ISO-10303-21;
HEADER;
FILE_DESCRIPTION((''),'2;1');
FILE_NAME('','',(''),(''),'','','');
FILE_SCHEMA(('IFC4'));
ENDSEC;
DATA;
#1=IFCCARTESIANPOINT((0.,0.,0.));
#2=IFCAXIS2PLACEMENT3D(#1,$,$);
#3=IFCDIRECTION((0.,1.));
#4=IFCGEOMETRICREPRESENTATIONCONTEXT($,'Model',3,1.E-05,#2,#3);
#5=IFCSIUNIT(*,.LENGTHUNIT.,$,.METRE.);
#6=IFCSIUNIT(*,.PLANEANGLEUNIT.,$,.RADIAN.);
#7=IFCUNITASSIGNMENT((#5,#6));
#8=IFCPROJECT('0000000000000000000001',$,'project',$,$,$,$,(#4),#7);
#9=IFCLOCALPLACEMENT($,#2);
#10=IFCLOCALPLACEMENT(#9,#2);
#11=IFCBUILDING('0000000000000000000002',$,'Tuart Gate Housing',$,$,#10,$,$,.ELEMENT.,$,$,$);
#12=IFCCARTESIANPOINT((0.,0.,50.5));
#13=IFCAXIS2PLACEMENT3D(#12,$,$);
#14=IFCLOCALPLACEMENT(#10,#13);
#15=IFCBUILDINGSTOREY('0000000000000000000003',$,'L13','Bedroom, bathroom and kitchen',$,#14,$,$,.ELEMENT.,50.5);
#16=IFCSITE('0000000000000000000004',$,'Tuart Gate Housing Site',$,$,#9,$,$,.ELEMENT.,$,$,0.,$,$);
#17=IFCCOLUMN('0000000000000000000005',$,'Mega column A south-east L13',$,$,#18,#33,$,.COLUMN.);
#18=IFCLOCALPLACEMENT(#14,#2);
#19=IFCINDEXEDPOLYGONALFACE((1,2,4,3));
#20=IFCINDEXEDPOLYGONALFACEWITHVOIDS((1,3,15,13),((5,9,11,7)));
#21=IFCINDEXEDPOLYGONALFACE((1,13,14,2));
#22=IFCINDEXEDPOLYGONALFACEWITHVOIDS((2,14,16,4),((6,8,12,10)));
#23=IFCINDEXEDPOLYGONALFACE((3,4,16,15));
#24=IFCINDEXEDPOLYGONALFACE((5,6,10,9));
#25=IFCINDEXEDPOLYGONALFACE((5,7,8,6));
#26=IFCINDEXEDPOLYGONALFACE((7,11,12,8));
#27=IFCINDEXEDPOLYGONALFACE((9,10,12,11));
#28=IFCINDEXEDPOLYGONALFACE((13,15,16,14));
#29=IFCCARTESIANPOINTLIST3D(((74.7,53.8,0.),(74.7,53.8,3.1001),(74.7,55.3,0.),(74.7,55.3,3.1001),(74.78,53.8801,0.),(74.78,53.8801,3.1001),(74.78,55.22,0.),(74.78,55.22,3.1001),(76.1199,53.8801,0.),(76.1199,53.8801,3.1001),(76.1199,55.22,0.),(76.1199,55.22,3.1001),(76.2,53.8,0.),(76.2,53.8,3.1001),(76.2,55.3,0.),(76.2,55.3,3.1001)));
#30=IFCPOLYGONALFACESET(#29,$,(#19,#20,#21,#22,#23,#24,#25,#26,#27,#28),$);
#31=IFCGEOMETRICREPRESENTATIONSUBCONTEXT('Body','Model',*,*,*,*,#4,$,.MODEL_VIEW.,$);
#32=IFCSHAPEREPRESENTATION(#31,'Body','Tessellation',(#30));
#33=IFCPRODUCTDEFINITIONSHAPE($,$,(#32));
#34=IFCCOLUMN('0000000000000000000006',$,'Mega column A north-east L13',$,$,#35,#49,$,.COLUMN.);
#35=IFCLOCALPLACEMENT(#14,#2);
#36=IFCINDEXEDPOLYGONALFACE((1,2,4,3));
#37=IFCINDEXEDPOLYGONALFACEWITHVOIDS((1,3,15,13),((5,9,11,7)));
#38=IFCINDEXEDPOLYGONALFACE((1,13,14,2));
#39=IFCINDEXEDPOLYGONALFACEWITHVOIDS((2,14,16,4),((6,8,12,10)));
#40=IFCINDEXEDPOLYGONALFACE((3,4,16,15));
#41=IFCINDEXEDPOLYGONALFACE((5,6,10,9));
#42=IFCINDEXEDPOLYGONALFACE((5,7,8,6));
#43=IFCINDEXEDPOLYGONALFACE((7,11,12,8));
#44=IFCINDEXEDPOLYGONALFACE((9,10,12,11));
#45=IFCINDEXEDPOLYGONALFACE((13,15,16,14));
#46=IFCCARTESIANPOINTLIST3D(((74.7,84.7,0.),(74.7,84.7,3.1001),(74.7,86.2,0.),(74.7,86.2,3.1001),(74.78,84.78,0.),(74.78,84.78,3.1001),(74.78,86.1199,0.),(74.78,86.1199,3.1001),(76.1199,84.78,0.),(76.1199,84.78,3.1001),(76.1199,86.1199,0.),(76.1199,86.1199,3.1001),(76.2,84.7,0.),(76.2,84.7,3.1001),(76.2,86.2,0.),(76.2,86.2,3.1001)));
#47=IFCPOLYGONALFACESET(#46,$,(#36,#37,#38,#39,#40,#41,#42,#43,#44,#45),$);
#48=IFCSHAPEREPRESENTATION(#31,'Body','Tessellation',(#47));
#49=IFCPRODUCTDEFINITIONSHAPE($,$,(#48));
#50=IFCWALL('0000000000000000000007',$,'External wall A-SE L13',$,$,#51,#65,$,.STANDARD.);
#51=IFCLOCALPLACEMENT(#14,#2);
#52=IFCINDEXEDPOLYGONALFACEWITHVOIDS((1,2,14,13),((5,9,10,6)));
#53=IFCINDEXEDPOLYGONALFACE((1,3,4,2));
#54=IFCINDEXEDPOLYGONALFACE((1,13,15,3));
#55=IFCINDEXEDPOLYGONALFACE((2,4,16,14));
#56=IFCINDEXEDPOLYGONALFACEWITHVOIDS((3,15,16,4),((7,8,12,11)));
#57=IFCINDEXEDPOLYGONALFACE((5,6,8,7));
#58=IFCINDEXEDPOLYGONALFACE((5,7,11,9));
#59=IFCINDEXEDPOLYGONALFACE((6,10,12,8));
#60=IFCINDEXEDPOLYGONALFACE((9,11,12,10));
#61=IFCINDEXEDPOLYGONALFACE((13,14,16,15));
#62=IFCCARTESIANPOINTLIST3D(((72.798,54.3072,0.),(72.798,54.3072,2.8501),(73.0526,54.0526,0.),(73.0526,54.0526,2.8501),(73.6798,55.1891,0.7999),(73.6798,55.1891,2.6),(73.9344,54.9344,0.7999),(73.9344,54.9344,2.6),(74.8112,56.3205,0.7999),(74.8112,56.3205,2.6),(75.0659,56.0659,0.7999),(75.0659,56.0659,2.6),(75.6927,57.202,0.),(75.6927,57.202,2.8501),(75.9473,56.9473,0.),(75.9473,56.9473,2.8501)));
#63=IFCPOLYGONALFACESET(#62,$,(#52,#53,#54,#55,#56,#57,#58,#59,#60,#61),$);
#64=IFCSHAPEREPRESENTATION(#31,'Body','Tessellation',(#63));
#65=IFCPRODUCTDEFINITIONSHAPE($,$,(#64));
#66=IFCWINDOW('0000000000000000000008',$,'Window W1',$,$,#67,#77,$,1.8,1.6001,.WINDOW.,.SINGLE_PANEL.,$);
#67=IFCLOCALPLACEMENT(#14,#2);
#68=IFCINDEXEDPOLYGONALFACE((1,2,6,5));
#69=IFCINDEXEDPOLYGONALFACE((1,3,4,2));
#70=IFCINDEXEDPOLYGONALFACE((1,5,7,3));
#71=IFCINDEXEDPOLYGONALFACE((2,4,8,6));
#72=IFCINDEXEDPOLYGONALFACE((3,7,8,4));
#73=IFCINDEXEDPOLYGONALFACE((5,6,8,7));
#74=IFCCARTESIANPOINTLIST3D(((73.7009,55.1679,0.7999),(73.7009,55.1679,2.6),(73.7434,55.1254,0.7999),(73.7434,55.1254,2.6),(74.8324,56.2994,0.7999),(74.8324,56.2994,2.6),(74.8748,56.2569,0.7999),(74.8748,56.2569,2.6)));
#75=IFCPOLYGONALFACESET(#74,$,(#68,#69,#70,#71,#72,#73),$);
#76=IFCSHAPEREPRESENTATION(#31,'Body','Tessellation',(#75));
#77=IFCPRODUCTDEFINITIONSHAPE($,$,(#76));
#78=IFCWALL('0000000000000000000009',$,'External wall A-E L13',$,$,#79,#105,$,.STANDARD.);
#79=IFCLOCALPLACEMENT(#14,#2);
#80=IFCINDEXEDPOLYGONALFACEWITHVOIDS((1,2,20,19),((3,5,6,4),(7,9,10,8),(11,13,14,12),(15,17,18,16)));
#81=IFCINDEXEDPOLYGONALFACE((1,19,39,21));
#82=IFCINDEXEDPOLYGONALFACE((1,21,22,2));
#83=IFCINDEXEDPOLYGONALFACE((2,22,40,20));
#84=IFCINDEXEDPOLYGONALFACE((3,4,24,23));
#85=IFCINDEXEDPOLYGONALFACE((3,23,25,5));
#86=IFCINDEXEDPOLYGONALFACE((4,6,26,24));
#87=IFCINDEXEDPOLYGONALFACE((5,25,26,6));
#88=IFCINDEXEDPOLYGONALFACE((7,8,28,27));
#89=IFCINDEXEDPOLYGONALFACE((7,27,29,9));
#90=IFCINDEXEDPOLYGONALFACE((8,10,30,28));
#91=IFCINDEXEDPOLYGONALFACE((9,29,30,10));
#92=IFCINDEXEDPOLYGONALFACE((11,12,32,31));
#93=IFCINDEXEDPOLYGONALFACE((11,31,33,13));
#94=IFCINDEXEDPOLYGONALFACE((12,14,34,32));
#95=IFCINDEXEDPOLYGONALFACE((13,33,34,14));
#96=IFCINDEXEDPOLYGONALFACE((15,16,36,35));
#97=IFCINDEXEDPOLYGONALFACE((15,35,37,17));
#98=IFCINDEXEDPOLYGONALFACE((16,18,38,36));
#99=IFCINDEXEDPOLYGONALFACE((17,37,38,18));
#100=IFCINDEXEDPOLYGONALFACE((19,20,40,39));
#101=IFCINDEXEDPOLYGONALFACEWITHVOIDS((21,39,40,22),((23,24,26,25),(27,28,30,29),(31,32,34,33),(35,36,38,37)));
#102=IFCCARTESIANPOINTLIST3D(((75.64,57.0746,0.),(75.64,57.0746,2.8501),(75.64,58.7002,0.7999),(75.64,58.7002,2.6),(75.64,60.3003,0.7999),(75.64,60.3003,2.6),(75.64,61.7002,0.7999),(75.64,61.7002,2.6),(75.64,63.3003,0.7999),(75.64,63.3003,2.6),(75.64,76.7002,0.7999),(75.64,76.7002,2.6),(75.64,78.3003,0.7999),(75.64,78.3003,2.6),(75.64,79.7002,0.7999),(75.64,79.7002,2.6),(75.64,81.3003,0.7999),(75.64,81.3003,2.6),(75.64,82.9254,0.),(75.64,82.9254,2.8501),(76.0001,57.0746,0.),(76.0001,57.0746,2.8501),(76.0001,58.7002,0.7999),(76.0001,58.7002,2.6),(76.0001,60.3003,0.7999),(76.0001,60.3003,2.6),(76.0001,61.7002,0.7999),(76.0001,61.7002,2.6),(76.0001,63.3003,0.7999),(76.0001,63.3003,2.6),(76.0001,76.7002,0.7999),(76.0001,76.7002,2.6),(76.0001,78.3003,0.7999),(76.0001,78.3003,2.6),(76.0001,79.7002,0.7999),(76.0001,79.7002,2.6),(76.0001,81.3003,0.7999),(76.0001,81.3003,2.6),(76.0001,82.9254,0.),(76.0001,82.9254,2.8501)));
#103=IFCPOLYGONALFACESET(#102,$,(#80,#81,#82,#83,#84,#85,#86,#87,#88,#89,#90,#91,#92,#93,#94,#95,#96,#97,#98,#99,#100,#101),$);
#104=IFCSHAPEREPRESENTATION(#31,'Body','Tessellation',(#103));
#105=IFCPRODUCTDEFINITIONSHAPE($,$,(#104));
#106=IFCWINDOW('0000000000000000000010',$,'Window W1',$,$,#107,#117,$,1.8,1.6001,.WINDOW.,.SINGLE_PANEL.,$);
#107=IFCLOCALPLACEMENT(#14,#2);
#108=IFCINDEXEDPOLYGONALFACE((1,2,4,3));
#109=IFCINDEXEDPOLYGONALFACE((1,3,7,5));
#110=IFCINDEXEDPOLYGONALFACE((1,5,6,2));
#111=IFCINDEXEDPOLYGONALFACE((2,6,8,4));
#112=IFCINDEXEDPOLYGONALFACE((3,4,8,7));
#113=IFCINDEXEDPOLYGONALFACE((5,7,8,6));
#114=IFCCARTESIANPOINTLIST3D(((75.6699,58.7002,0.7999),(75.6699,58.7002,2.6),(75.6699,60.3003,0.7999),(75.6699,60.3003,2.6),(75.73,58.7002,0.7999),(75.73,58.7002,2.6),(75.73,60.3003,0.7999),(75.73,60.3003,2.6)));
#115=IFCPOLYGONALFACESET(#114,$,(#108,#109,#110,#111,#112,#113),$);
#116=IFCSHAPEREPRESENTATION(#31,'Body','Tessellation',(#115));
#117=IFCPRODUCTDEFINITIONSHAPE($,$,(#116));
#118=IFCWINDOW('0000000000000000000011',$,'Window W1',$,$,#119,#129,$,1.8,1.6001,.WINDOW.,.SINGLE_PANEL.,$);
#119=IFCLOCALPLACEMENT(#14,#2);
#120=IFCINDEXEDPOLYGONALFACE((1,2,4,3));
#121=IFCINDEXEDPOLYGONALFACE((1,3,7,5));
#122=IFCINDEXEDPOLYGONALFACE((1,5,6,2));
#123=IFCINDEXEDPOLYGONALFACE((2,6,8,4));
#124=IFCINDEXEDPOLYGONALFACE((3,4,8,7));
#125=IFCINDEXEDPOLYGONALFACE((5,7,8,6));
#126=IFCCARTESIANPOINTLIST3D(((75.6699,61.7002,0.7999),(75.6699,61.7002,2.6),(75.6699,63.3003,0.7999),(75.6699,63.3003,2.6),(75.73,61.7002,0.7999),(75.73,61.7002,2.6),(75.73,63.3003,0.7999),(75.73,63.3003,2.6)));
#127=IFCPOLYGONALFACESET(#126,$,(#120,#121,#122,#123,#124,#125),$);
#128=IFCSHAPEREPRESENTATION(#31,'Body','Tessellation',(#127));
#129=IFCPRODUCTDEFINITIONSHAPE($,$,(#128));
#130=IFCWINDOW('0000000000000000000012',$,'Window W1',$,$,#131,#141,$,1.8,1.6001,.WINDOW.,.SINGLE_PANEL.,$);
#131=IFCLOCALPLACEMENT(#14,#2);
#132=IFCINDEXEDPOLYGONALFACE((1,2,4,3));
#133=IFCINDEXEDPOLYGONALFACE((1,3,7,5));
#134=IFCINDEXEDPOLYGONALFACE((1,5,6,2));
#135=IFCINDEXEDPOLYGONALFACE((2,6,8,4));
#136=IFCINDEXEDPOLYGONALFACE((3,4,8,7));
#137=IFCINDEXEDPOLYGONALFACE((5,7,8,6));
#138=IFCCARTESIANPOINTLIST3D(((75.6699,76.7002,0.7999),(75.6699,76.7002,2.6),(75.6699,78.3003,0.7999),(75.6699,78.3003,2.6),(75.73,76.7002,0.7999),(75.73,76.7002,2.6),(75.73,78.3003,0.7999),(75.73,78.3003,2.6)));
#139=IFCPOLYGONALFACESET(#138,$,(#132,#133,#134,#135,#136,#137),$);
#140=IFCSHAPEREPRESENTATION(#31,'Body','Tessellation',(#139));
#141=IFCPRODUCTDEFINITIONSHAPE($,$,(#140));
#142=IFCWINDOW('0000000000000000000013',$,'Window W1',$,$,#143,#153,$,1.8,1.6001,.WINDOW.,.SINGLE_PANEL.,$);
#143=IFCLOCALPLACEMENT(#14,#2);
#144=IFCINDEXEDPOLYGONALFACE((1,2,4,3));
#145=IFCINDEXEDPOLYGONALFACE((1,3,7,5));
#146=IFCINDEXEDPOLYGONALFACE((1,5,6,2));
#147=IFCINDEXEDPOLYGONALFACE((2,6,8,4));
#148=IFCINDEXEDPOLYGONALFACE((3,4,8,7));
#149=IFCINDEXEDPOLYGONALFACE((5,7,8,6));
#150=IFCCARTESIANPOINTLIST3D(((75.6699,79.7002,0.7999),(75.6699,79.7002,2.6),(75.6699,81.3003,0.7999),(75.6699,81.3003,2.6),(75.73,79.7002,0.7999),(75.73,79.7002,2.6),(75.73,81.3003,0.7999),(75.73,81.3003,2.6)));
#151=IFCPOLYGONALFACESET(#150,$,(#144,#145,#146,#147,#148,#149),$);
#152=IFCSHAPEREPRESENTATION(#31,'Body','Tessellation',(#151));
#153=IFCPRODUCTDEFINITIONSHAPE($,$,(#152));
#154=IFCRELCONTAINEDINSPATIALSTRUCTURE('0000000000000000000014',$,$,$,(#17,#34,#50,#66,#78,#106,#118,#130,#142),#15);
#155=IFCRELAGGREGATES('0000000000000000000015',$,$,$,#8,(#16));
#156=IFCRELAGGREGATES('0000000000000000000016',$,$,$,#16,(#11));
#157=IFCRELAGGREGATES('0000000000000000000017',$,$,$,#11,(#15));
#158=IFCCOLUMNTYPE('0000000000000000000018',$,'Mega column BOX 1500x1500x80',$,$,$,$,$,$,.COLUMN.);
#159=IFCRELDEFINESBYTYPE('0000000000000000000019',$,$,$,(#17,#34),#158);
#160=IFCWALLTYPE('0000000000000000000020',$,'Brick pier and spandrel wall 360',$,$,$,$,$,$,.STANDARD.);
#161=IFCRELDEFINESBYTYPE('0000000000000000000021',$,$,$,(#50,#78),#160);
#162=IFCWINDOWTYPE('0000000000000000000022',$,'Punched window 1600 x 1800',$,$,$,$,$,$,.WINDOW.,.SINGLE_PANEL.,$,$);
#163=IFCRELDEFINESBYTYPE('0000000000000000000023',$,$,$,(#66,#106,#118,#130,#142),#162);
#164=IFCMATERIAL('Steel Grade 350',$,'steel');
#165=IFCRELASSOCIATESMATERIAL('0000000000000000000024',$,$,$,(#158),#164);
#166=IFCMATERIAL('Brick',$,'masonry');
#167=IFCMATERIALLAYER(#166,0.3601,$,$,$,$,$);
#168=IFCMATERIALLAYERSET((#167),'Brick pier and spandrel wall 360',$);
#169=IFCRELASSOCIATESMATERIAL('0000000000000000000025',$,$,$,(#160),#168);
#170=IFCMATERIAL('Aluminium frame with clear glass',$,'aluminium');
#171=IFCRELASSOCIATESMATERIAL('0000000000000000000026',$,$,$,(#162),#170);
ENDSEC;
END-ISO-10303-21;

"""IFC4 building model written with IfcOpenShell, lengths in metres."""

from ifc_helpers import new_model, si_unit, direction, frame, frame_2d, origin, origin_2d, place, context, subcontext, project, spatial, rectangle, hollow_rectangle, extrude, material, layer, layer_set, material_profile, profile_set, type_object, element, fill, save


model = new_model("IFC4")

# Units and contexts
model_context = context("Model", 3, precision=1e-05, world=origin(), true_north=direction((0.0, 1.0)))
body_context = subcontext(model_context, "Body", "Model", "MODEL_VIEW")
ifc_project = project(units=[si_unit("LENGTHUNIT", "METRE"), si_unit("PLANEANGLEUNIT", "RADIAN")], contexts=[model_context])

# Site, building, storey
site_placement = place(None, origin())
site = spatial("IfcSite", under=ifc_project, at=site_placement, Name="Tuart Gate Housing Site", CompositionType="ELEMENT", RefElevation=0.0)
building_placement = place(site_placement, origin())
building = spatial("IfcBuilding", under=site, at=building_placement, Name="Tuart Gate Housing", CompositionType="ELEMENT")
storey_placement = place(building_placement, frame((0.0, 0.0, 50.5)))
storey = spatial("IfcBuildingStorey", under=building, at=storey_placement, Name="L13", Description="Bedroom, bathroom and kitchen", CompositionType="ELEMENT", Elevation=50.5)

# Columns
ifc_material_1 = material(Name="Steel Grade 350", Category="steel")
ifc_material_profile = material_profile(ifc_material_1, hollow_rectangle(XDim=1.5, YDim=1.5, WallThickness=0.0801, at=origin_2d()), Name="BOX 1500x1500x80")
ifc_profile_set = profile_set([ifc_material_profile], Name="Steel Grade 350")
column_type = type_object("IfcColumnType", Name="Mega column BOX 1500x1500x80", PredefinedType="COLUMN", material=ifc_profile_set)
for number, where, z_axis, x_axis, name in (
    (1, (75.45, 54.55, 0.0), (0.0, 0.0, 1.0), (1.0, 0.0, 0.0), "Mega column A south-east L13"),
    (2, (75.45, 85.45, 0.0), (0.0, 0.0, 1.0), (1.0, 0.0, 0.0), "Mega column A north-east L13"),
):
    element("IfcColumn", number, at=place(storey_placement, frame(where, z_axis=z_axis, x_axis=x_axis)), inside=storey, type_object=column_type, Name=name, PredefinedType="COLUMN", context=body_context, shape_type="SweptSolid", body=[
        extrude(hollow_rectangle(XDim=1.5, YDim=1.5, WallThickness=0.0801, at=origin_2d()), origin(), (0.0, 0.0, 1.0), 3.1001),
    ])

# Wall, opening, window
ifc_material_2 = material(Name="Brick", Category="masonry")
ifc_layer_1 = layer(ifc_material_2, 0.3601)
ifc_layer_set_1 = layer_set([ifc_layer_1], Name="Brick pier and spandrel wall 360")
wall_type_1 = type_object("IfcWallType", Name="Brick pier and spandrel wall 360", PredefinedType="STANDARD", material=ifc_layer_set_1)
wall_1_placement = place(storey_placement, frame((72.9253, 54.1799, 0.0), z_axis=(0.0, 0.0, 1.0), x_axis=(0.707107, 0.707107, 0.0)))
wall_1 = element("IfcWall", 3, at=wall_1_placement, inside=storey, type_object=wall_type_1, Name="External wall A-SE L13", PredefinedType="STANDARD", context=body_context, shape_type="SweptSolid", body=[
    extrude(rectangle(XDim=4.0938, YDim=0.3601, at=frame_2d((2.0469, 0.0))), origin(), (0.0, 0.0, 1.0), 2.8501),
])
opening_1_placement = place(wall_1_placement, frame((1.2471, 0.0, 0.8)))
opening_1 = element("IfcOpeningElement", 4, at=opening_1_placement, cuts=wall_1, PredefinedType="OPENING", context=body_context, shape_type="SweptSolid", body=[
    extrude(rectangle(XDim=1.6001, YDim=1.8, at=frame_2d((0.8, 0.8999))), frame((0.0, 0.1899, 0.0), z_axis=(0.0, -1.0, 0.0), x_axis=(1.0, 0.0, 0.0)), (0.0, 0.0, 1.0), 0.3801),
])
ifc_material_3 = material(Name="Aluminium frame with clear glass", Category="aluminium")
window_type = type_object("IfcWindowType", Name="Punched window 1600 x 1800", PartitioningType="SINGLE_PANEL", PredefinedType="WINDOW", material=ifc_material_3)
window_1_placement = place(opening_1_placement, origin())
window_1 = element("IfcWindow", 5, at=window_1_placement, inside=storey, type_object=window_type, Name="Window W1", OverallHeight=1.8, OverallWidth=1.6001, PartitioningType="SINGLE_PANEL", PredefinedType="WINDOW", context=body_context, shape_type="SweptSolid", body=[
    extrude(rectangle(XDim=1.6001, YDim=1.8, at=frame_2d((0.8, 0.8999))), frame((0.0, 0.1501, 0.0), z_axis=(0.0, -1.0, 0.0), x_axis=(1.0, 0.0, 0.0)), (0.0, 0.0, 1.0), 0.0601),
])
fill(opening_1, window_1)

# Wall, openings, windows
wall_2_placement = place(storey_placement, frame((75.8201, 57.0747, 0.0), z_axis=(0.0, 0.0, 1.0), x_axis=(0.0, 1.0, 0.0)))
wall_2 = element("IfcWall", 6, at=wall_2_placement, inside=storey, type_object=wall_type_1, Name="External wall A-E L13", PredefinedType="STANDARD", context=body_context, shape_type="SweptSolid", body=[
    extrude(rectangle(XDim=25.8508, YDim=0.3601, at=frame_2d((12.9253, 0.0))), origin(), (0.0, 0.0, 1.0), 2.8501),
])
opening_2_placement = place(wall_2_placement, frame((1.6255, 0.0, 0.8)))
opening_2 = element("IfcOpeningElement", 7, at=opening_2_placement, cuts=wall_2, PredefinedType="OPENING", context=body_context, shape_type="SweptSolid", body=[
    extrude(rectangle(XDim=1.6001, YDim=1.8, at=frame_2d((0.8, 0.8999))), frame((0.0, 0.1899, 0.0), z_axis=(0.0, -1.0, 0.0), x_axis=(1.0, 0.0, 0.0)), (0.0, 0.0, 1.0), 0.3801),
])
opening_3_placement = place(wall_2_placement, frame((4.6255, 0.0, 0.8)))
opening_3 = element("IfcOpeningElement", 8, at=opening_3_placement, cuts=wall_2, PredefinedType="OPENING", context=body_context, shape_type="SweptSolid", body=[
    extrude(rectangle(XDim=1.6001, YDim=1.8, at=frame_2d((0.8, 0.8999))), frame((0.0, 0.1899, 0.0), z_axis=(0.0, -1.0, 0.0), x_axis=(1.0, 0.0, 0.0)), (0.0, 0.0, 1.0), 0.3801),
])
opening_4_placement = place(wall_2_placement, frame((19.6255, 0.0, 0.8)))
opening_4 = element("IfcOpeningElement", 9, at=opening_4_placement, cuts=wall_2, PredefinedType="OPENING", context=body_context, shape_type="SweptSolid", body=[
    extrude(rectangle(XDim=1.6001, YDim=1.8, at=frame_2d((0.8, 0.8999))), frame((0.0, 0.1899, 0.0), z_axis=(0.0, -1.0, 0.0), x_axis=(1.0, 0.0, 0.0)), (0.0, 0.0, 1.0), 0.3801),
])
opening_5_placement = place(wall_2_placement, frame((22.6255, 0.0, 0.8)))
opening_5 = element("IfcOpeningElement", 10, at=opening_5_placement, cuts=wall_2, PredefinedType="OPENING", context=body_context, shape_type="SweptSolid", body=[
    extrude(rectangle(XDim=1.6001, YDim=1.8, at=frame_2d((0.8, 0.8999))), frame((0.0, 0.1899, 0.0), z_axis=(0.0, -1.0, 0.0), x_axis=(1.0, 0.0, 0.0)), (0.0, 0.0, 1.0), 0.3801),
])
window_2_placement = place(opening_2_placement, origin())
window_2 = element("IfcWindow", 11, at=window_2_placement, inside=storey, type_object=window_type, Name="Window W1", OverallHeight=1.8, OverallWidth=1.6001, PartitioningType="SINGLE_PANEL", PredefinedType="WINDOW", context=body_context, shape_type="SweptSolid", body=[
    extrude(rectangle(XDim=1.6001, YDim=1.8, at=frame_2d((0.8, 0.8999))), frame((0.0, 0.1501, 0.0), z_axis=(0.0, -1.0, 0.0), x_axis=(1.0, 0.0, 0.0)), (0.0, 0.0, 1.0), 0.0601),
])
fill(opening_2, window_2)
window_3_placement = place(opening_3_placement, origin())
window_3 = element("IfcWindow", 12, at=window_3_placement, inside=storey, type_object=window_type, Name="Window W1", OverallHeight=1.8, OverallWidth=1.6001, PartitioningType="SINGLE_PANEL", PredefinedType="WINDOW", context=body_context, shape_type="SweptSolid", body=[
    extrude(rectangle(XDim=1.6001, YDim=1.8, at=frame_2d((0.8, 0.8999))), frame((0.0, 0.1501, 0.0), z_axis=(0.0, -1.0, 0.0), x_axis=(1.0, 0.0, 0.0)), (0.0, 0.0, 1.0), 0.0601),
])
fill(opening_3, window_3)
window_4_placement = place(opening_4_placement, origin())
window_4 = element("IfcWindow", 13, at=window_4_placement, inside=storey, type_object=window_type, Name="Window W1", OverallHeight=1.8, OverallWidth=1.6001, PartitioningType="SINGLE_PANEL", PredefinedType="WINDOW", context=body_context, shape_type="SweptSolid", body=[
    extrude(rectangle(XDim=1.6001, YDim=1.8, at=frame_2d((0.8, 0.8999))), frame((0.0, 0.1501, 0.0), z_axis=(0.0, -1.0, 0.0), x_axis=(1.0, 0.0, 0.0)), (0.0, 0.0, 1.0), 0.0601),
])
fill(opening_4, window_4)
window_5_placement = place(opening_5_placement, origin())
window_5 = element("IfcWindow", 14, at=window_5_placement, inside=storey, type_object=window_type, Name="Window W1", OverallHeight=1.8, OverallWidth=1.6001, PartitioningType="SINGLE_PANEL", PredefinedType="WINDOW", context=body_context, shape_type="SweptSolid", body=[
    extrude(rectangle(XDim=1.6001, YDim=1.8, at=frame_2d((0.8, 0.8999))), frame((0.0, 0.1501, 0.0), z_axis=(0.0, -1.0, 0.0), x_axis=(1.0, 0.0, 0.0)), (0.0, 0.0, 1.0), 0.0601),
])
fill(opening_5, window_5)

save(model, "model.ifc")
